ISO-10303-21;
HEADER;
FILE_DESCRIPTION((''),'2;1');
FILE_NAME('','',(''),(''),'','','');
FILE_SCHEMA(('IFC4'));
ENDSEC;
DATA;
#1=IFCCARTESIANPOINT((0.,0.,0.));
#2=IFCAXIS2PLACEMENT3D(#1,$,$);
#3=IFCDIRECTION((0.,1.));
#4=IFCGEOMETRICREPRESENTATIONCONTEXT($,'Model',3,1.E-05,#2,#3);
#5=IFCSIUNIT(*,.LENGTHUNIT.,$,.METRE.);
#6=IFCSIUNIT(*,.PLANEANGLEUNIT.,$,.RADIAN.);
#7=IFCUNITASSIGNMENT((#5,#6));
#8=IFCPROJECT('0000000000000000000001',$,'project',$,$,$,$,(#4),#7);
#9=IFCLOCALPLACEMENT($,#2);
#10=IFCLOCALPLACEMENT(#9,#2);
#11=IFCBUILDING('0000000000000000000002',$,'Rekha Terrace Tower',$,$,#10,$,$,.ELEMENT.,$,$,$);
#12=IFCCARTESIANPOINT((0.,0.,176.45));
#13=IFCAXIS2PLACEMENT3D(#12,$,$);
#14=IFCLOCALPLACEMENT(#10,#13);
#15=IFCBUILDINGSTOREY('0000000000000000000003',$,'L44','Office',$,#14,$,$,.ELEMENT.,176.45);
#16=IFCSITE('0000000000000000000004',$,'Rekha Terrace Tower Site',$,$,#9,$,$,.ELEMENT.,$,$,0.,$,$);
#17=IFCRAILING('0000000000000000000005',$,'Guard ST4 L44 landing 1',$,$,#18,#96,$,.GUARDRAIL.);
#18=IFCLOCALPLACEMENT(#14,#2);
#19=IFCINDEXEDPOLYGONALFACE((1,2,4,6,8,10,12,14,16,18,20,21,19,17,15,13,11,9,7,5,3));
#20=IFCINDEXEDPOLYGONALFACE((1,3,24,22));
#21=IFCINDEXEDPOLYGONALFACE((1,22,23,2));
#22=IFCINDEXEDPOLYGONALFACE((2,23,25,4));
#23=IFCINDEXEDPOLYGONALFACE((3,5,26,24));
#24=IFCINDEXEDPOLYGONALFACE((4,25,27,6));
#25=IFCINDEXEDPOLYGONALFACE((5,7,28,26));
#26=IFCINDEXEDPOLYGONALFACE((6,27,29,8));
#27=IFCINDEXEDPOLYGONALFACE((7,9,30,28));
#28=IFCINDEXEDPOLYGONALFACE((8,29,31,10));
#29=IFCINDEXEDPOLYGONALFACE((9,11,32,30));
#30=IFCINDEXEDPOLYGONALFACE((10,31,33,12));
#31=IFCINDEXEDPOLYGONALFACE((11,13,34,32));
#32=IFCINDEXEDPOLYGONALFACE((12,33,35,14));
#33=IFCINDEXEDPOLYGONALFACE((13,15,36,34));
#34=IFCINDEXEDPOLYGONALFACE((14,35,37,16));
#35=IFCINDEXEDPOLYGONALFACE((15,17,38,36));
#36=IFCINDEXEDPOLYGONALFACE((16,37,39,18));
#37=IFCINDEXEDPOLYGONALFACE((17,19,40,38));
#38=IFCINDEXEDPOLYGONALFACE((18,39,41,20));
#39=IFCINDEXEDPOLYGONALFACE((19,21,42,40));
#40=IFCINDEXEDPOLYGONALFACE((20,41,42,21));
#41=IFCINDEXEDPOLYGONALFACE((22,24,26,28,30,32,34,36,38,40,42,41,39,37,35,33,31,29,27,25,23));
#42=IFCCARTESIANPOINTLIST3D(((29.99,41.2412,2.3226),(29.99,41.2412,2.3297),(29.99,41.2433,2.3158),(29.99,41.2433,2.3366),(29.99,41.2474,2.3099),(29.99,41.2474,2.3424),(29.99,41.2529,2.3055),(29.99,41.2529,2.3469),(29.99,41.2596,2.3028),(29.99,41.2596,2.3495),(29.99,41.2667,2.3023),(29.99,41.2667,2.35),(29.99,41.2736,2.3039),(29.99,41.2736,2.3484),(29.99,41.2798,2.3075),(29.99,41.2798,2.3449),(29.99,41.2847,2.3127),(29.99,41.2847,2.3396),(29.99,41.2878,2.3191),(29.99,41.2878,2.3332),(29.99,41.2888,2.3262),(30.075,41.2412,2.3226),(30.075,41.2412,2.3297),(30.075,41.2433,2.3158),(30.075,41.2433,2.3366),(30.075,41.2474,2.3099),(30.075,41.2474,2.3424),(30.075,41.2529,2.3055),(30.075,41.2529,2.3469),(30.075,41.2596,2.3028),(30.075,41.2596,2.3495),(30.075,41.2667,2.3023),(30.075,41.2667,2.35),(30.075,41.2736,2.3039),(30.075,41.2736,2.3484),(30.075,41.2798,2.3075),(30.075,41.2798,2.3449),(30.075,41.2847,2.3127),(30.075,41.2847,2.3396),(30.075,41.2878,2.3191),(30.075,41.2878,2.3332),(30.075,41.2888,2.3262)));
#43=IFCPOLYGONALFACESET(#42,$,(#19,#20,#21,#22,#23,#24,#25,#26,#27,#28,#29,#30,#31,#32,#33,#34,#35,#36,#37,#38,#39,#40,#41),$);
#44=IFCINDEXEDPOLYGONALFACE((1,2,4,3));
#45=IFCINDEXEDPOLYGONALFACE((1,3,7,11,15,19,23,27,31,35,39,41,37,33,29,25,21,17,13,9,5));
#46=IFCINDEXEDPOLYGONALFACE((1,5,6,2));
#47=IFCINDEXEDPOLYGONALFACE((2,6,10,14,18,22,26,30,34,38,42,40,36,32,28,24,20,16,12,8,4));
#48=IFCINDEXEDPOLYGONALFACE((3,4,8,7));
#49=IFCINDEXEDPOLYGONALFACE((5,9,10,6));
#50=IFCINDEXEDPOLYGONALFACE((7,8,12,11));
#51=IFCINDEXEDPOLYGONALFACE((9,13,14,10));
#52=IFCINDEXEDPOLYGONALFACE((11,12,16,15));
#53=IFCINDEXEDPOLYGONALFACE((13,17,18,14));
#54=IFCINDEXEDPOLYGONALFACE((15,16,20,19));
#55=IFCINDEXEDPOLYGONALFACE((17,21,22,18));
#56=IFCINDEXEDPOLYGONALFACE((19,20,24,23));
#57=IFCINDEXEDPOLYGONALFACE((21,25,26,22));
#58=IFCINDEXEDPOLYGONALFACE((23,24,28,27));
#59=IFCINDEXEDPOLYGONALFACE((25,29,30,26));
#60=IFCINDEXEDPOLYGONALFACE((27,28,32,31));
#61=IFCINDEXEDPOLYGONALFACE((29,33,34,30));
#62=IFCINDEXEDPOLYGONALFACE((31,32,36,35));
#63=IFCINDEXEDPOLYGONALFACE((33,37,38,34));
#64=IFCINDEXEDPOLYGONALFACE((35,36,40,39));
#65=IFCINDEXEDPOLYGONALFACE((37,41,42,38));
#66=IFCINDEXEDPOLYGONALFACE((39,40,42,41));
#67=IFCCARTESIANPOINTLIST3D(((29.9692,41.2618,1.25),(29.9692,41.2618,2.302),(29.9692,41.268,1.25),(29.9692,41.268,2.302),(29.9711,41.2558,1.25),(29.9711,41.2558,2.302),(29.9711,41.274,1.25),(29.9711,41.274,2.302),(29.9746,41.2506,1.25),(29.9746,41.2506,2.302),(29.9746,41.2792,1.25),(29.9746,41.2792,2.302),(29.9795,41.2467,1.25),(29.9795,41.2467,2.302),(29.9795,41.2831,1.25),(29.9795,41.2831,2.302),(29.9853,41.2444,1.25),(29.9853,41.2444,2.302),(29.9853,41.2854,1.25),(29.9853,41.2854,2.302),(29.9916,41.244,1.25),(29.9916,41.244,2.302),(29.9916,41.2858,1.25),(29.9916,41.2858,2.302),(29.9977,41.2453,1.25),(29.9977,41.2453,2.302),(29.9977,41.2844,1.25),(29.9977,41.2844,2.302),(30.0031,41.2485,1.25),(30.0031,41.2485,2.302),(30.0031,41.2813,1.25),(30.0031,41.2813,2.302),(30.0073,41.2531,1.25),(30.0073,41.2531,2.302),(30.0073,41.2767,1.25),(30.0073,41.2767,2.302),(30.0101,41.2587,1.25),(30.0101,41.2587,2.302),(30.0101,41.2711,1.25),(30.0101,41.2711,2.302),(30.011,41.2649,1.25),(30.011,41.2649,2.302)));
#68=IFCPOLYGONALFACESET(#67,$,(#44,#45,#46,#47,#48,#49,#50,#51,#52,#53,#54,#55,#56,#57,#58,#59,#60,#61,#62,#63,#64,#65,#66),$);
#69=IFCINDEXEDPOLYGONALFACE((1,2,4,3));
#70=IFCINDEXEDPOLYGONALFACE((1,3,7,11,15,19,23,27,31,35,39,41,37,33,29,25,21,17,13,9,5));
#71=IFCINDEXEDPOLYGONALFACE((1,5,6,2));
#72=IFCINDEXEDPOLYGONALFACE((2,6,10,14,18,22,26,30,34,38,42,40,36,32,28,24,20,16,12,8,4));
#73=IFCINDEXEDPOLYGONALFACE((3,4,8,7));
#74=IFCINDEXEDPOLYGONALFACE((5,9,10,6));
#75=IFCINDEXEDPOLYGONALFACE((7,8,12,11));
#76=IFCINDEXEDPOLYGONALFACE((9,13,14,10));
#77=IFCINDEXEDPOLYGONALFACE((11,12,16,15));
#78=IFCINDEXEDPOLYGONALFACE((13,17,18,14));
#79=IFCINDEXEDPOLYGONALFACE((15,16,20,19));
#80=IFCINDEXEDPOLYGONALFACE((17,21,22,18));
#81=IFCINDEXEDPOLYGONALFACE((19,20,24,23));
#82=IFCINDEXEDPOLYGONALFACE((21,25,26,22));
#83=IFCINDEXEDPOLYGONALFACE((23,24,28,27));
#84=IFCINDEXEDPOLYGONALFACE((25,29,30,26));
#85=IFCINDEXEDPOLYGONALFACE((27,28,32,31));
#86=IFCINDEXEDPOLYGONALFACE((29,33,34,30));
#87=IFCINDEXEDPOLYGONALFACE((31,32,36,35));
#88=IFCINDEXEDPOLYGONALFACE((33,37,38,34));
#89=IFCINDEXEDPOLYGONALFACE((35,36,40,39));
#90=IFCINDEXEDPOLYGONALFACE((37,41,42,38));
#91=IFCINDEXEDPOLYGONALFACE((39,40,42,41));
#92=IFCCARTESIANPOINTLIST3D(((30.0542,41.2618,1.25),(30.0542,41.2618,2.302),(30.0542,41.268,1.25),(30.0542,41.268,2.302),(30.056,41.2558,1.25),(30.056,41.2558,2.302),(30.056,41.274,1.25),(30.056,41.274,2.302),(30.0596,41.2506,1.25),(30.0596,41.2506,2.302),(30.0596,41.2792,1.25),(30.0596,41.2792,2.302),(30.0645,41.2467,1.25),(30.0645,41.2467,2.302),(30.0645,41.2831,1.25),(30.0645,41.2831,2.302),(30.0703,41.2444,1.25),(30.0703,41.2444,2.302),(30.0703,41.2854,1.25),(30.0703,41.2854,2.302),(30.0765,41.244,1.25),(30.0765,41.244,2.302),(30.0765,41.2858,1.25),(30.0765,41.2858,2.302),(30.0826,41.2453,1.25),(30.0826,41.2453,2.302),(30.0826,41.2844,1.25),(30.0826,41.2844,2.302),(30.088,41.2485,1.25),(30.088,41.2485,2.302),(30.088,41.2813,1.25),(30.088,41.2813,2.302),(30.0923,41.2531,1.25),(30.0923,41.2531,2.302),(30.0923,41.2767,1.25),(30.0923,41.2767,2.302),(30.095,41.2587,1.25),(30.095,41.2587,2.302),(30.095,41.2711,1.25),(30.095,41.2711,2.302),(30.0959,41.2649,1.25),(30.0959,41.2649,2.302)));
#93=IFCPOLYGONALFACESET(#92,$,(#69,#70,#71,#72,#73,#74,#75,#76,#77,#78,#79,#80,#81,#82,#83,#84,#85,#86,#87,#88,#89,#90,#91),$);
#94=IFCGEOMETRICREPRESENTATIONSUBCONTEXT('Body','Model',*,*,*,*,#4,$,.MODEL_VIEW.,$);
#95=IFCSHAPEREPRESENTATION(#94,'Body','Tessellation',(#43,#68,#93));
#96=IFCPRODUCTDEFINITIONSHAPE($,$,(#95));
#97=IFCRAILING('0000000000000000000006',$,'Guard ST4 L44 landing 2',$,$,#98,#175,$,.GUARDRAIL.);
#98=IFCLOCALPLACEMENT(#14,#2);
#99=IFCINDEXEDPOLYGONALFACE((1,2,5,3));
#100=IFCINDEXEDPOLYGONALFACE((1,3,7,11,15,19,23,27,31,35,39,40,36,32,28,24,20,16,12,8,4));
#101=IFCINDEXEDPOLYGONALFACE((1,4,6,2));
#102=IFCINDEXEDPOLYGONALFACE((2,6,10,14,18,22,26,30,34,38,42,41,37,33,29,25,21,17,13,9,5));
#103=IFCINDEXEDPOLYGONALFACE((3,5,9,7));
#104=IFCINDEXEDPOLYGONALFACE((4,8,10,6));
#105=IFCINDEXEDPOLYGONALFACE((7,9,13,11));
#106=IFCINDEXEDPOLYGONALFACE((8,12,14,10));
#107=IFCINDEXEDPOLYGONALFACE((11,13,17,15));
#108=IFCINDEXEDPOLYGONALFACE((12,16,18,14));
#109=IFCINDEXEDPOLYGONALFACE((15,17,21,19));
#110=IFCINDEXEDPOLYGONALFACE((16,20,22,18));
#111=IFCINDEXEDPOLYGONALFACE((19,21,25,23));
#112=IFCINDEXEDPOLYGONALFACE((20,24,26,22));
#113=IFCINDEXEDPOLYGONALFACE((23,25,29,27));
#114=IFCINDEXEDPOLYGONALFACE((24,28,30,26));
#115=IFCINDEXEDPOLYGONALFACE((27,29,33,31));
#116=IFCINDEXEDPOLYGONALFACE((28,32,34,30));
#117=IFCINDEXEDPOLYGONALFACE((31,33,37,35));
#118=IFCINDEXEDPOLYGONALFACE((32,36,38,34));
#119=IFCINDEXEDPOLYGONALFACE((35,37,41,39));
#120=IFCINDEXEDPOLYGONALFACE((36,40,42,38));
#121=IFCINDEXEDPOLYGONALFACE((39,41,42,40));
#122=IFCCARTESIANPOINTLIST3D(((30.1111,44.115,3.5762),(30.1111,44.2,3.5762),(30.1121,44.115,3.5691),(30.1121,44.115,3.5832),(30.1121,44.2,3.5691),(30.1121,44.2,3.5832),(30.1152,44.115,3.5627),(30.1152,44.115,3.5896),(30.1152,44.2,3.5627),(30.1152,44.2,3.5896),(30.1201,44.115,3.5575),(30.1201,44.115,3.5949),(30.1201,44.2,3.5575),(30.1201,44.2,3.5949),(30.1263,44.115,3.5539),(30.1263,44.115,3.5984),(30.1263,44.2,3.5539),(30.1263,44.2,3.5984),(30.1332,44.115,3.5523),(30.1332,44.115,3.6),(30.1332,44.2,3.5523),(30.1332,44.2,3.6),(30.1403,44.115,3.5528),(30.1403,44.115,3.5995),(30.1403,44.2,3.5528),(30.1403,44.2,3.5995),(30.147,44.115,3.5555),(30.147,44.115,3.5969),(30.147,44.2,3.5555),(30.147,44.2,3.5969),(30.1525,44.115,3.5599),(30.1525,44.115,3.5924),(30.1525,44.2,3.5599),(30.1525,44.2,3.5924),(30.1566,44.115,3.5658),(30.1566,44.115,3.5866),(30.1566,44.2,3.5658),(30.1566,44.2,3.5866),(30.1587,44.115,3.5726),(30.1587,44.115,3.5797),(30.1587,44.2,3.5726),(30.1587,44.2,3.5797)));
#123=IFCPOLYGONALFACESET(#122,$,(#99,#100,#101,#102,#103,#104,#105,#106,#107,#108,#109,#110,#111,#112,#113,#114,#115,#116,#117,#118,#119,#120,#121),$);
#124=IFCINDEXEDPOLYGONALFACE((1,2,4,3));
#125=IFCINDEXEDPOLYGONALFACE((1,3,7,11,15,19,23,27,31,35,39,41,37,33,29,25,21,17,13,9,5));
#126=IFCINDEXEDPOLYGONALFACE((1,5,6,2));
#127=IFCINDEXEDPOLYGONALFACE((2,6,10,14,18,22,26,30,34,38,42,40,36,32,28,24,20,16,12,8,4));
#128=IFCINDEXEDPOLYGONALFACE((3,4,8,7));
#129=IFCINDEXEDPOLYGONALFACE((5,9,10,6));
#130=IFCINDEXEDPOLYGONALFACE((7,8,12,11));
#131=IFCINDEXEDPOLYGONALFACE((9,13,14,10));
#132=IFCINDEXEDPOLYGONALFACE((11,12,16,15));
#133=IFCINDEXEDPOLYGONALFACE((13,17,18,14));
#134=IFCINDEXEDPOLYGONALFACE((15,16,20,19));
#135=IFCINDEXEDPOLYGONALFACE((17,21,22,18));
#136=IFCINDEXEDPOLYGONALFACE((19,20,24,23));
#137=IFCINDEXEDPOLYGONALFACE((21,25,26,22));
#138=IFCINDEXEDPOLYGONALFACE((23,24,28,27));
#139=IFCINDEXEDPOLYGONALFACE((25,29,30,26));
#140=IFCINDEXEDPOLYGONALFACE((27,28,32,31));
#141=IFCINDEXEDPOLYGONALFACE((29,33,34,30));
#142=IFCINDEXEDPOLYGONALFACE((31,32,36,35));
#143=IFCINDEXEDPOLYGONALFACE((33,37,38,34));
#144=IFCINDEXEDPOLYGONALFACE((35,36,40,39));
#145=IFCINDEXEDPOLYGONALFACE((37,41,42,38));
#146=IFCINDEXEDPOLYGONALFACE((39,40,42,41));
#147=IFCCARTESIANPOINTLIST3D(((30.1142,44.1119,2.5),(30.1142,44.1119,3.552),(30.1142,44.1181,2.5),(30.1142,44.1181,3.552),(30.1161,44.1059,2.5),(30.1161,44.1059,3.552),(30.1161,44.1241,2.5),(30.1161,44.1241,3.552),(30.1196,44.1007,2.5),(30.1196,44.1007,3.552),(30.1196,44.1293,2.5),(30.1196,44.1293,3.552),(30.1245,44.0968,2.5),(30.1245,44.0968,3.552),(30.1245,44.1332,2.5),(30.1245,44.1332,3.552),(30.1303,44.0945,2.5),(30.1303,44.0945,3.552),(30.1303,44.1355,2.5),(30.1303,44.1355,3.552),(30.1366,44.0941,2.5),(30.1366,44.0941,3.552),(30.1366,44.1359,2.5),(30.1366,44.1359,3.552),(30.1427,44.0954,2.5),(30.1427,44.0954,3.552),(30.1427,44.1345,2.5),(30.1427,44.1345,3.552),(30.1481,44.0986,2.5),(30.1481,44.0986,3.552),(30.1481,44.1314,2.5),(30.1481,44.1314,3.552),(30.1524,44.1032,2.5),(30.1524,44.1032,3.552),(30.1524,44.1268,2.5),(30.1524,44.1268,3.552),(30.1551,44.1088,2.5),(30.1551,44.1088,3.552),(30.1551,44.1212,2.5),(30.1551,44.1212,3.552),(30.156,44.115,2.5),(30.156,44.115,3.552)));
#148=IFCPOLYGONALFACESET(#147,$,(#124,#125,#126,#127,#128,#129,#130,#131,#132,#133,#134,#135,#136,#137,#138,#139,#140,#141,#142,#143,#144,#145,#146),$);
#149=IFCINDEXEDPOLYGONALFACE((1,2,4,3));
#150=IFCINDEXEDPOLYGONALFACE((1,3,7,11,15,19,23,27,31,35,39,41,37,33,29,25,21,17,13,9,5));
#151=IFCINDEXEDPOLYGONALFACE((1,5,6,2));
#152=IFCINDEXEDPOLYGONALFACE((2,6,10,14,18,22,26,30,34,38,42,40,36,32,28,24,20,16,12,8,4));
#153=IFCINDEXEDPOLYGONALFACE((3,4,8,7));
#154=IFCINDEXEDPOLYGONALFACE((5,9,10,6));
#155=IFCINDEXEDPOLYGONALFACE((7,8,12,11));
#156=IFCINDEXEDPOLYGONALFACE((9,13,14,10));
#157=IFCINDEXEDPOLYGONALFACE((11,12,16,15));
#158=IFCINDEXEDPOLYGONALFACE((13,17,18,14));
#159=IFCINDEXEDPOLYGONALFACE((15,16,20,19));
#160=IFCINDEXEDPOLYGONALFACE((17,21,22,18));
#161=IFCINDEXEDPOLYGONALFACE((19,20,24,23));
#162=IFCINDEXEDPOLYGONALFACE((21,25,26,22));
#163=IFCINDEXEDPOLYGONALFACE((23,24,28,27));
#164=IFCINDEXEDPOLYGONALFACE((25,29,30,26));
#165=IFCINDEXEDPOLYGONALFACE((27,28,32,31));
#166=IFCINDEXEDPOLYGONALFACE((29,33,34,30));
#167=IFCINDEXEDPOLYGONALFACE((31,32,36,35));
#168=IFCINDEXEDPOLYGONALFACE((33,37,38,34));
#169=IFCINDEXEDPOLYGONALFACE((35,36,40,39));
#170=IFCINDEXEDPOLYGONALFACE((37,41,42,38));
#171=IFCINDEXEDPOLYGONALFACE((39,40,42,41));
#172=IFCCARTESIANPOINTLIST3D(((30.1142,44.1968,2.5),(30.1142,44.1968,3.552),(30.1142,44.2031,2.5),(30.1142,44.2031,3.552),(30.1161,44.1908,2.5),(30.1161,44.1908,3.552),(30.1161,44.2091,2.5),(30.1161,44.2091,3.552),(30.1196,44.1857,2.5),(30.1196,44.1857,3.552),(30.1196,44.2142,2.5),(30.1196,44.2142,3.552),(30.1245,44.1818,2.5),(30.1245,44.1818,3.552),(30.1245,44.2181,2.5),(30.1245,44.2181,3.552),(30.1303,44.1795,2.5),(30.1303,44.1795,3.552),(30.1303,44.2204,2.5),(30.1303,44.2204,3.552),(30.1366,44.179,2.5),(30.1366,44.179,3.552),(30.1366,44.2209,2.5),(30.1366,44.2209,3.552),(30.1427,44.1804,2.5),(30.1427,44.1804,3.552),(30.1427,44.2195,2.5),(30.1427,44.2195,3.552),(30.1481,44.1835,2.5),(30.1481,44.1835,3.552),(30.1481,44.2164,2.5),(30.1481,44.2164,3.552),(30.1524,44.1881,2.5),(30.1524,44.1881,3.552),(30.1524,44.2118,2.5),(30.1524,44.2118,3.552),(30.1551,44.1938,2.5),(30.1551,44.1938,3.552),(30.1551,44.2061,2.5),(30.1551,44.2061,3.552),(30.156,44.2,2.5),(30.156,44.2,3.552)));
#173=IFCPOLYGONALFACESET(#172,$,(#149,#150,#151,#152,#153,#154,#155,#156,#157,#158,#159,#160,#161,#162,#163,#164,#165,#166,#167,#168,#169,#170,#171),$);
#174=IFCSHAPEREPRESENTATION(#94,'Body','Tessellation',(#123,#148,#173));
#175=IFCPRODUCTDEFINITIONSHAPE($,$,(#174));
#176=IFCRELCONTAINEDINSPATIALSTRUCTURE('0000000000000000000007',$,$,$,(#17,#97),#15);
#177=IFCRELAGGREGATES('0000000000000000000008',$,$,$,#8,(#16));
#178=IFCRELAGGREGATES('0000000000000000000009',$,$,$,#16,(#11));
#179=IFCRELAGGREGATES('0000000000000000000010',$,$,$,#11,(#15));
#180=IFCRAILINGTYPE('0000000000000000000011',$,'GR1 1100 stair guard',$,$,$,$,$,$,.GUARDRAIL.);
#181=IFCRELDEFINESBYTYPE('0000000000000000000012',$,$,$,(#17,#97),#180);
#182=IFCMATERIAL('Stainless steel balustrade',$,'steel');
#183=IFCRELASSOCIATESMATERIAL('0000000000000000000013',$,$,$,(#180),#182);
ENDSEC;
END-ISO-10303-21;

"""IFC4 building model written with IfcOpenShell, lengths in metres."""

from ifc_helpers import new_model, si_unit, direction, frame, origin, origin_2d, place, context, subcontext, project, spatial, circle, extrude, material, type_object, element, save


model = new_model("IFC4")

# Units and contexts
model_context = context("Model", 3, precision=1e-05, world=origin(), true_north=direction((0.0, 1.0)))
body_context = subcontext(model_context, "Body", "Model", "MODEL_VIEW")
ifc_project = project(units=[si_unit("LENGTHUNIT", "METRE"), si_unit("PLANEANGLEUNIT", "RADIAN")], contexts=[model_context])

# Site, building, storey
site_placement = place(None, origin())
site = spatial("IfcSite", under=ifc_project, at=site_placement, Name="Rekha Terrace Tower Site", CompositionType="ELEMENT", RefElevation=0.0)
building_placement = place(site_placement, origin())
building = spatial("IfcBuilding", under=site, at=building_placement, Name="Rekha Terrace Tower", CompositionType="ELEMENT")
storey_placement = place(building_placement, frame((0.0, 0.0, 176.45)))
storey = spatial("IfcBuildingStorey", under=building, at=storey_placement, Name="L44", Description="Office", CompositionType="ELEMENT", Elevation=176.45)

# Railings
ifc_material_1 = material(Name="Stainless steel balustrade", Category="steel")
railing_type_1 = type_object("IfcRailingType", Name="GR1 1100 stair guard", PredefinedType="GUARDRAIL", material=ifc_material_1)
railing_1_placement = place(storey_placement, frame((29.99, 41.2649, 1.25)))
element("IfcRailing", 1, at=railing_1_placement, inside=storey, type_object=railing_type_1, Name="Guard ST4 L44 landing 1", PredefinedType="GUARDRAIL", context=body_context, shape_type="SweptSolid", body=[
    extrude(circle(Radius=0.0239, at=origin_2d()), frame((0.0, 0.0, 1.0762), z_axis=(1.0, 0.0, 0.0), x_axis=(0.0, 1.0, 0.0)), (0.0, 0.0, 1.0), 0.085),
    extrude(circle(Radius=0.021, at=origin_2d()), origin(), (0.0, 0.0, 1.0), 1.052),
    extrude(circle(Radius=0.021, at=origin_2d()), frame((0.085, 0.0, 0.0)), (0.0, 0.0, 1.0), 1.052),
])
railing_2_placement = place(storey_placement, frame((30.135, 44.115, 2.5)))
element("IfcRailing", 2, at=railing_2_placement, inside=storey, type_object=railing_type_1, Name="Guard ST4 L44 landing 2", PredefinedType="GUARDRAIL", context=body_context, shape_type="SweptSolid", body=[
    extrude(circle(Radius=0.0239, at=origin_2d()), frame((0.0, 0.0, 1.0762), z_axis=(0.0, 1.0, 0.0), x_axis=(-1.0, 0.0, 0.0)), (0.0, 0.0, 1.0), 0.085),
    extrude(circle(Radius=0.021, at=origin_2d()), origin(), (0.0, 0.0, 1.0), 1.052),
    extrude(circle(Radius=0.021, at=origin_2d()), frame((0.0, 0.085, 0.0)), (0.0, 0.0, 1.0), 1.052),
])

save(model, "model.ifc")
